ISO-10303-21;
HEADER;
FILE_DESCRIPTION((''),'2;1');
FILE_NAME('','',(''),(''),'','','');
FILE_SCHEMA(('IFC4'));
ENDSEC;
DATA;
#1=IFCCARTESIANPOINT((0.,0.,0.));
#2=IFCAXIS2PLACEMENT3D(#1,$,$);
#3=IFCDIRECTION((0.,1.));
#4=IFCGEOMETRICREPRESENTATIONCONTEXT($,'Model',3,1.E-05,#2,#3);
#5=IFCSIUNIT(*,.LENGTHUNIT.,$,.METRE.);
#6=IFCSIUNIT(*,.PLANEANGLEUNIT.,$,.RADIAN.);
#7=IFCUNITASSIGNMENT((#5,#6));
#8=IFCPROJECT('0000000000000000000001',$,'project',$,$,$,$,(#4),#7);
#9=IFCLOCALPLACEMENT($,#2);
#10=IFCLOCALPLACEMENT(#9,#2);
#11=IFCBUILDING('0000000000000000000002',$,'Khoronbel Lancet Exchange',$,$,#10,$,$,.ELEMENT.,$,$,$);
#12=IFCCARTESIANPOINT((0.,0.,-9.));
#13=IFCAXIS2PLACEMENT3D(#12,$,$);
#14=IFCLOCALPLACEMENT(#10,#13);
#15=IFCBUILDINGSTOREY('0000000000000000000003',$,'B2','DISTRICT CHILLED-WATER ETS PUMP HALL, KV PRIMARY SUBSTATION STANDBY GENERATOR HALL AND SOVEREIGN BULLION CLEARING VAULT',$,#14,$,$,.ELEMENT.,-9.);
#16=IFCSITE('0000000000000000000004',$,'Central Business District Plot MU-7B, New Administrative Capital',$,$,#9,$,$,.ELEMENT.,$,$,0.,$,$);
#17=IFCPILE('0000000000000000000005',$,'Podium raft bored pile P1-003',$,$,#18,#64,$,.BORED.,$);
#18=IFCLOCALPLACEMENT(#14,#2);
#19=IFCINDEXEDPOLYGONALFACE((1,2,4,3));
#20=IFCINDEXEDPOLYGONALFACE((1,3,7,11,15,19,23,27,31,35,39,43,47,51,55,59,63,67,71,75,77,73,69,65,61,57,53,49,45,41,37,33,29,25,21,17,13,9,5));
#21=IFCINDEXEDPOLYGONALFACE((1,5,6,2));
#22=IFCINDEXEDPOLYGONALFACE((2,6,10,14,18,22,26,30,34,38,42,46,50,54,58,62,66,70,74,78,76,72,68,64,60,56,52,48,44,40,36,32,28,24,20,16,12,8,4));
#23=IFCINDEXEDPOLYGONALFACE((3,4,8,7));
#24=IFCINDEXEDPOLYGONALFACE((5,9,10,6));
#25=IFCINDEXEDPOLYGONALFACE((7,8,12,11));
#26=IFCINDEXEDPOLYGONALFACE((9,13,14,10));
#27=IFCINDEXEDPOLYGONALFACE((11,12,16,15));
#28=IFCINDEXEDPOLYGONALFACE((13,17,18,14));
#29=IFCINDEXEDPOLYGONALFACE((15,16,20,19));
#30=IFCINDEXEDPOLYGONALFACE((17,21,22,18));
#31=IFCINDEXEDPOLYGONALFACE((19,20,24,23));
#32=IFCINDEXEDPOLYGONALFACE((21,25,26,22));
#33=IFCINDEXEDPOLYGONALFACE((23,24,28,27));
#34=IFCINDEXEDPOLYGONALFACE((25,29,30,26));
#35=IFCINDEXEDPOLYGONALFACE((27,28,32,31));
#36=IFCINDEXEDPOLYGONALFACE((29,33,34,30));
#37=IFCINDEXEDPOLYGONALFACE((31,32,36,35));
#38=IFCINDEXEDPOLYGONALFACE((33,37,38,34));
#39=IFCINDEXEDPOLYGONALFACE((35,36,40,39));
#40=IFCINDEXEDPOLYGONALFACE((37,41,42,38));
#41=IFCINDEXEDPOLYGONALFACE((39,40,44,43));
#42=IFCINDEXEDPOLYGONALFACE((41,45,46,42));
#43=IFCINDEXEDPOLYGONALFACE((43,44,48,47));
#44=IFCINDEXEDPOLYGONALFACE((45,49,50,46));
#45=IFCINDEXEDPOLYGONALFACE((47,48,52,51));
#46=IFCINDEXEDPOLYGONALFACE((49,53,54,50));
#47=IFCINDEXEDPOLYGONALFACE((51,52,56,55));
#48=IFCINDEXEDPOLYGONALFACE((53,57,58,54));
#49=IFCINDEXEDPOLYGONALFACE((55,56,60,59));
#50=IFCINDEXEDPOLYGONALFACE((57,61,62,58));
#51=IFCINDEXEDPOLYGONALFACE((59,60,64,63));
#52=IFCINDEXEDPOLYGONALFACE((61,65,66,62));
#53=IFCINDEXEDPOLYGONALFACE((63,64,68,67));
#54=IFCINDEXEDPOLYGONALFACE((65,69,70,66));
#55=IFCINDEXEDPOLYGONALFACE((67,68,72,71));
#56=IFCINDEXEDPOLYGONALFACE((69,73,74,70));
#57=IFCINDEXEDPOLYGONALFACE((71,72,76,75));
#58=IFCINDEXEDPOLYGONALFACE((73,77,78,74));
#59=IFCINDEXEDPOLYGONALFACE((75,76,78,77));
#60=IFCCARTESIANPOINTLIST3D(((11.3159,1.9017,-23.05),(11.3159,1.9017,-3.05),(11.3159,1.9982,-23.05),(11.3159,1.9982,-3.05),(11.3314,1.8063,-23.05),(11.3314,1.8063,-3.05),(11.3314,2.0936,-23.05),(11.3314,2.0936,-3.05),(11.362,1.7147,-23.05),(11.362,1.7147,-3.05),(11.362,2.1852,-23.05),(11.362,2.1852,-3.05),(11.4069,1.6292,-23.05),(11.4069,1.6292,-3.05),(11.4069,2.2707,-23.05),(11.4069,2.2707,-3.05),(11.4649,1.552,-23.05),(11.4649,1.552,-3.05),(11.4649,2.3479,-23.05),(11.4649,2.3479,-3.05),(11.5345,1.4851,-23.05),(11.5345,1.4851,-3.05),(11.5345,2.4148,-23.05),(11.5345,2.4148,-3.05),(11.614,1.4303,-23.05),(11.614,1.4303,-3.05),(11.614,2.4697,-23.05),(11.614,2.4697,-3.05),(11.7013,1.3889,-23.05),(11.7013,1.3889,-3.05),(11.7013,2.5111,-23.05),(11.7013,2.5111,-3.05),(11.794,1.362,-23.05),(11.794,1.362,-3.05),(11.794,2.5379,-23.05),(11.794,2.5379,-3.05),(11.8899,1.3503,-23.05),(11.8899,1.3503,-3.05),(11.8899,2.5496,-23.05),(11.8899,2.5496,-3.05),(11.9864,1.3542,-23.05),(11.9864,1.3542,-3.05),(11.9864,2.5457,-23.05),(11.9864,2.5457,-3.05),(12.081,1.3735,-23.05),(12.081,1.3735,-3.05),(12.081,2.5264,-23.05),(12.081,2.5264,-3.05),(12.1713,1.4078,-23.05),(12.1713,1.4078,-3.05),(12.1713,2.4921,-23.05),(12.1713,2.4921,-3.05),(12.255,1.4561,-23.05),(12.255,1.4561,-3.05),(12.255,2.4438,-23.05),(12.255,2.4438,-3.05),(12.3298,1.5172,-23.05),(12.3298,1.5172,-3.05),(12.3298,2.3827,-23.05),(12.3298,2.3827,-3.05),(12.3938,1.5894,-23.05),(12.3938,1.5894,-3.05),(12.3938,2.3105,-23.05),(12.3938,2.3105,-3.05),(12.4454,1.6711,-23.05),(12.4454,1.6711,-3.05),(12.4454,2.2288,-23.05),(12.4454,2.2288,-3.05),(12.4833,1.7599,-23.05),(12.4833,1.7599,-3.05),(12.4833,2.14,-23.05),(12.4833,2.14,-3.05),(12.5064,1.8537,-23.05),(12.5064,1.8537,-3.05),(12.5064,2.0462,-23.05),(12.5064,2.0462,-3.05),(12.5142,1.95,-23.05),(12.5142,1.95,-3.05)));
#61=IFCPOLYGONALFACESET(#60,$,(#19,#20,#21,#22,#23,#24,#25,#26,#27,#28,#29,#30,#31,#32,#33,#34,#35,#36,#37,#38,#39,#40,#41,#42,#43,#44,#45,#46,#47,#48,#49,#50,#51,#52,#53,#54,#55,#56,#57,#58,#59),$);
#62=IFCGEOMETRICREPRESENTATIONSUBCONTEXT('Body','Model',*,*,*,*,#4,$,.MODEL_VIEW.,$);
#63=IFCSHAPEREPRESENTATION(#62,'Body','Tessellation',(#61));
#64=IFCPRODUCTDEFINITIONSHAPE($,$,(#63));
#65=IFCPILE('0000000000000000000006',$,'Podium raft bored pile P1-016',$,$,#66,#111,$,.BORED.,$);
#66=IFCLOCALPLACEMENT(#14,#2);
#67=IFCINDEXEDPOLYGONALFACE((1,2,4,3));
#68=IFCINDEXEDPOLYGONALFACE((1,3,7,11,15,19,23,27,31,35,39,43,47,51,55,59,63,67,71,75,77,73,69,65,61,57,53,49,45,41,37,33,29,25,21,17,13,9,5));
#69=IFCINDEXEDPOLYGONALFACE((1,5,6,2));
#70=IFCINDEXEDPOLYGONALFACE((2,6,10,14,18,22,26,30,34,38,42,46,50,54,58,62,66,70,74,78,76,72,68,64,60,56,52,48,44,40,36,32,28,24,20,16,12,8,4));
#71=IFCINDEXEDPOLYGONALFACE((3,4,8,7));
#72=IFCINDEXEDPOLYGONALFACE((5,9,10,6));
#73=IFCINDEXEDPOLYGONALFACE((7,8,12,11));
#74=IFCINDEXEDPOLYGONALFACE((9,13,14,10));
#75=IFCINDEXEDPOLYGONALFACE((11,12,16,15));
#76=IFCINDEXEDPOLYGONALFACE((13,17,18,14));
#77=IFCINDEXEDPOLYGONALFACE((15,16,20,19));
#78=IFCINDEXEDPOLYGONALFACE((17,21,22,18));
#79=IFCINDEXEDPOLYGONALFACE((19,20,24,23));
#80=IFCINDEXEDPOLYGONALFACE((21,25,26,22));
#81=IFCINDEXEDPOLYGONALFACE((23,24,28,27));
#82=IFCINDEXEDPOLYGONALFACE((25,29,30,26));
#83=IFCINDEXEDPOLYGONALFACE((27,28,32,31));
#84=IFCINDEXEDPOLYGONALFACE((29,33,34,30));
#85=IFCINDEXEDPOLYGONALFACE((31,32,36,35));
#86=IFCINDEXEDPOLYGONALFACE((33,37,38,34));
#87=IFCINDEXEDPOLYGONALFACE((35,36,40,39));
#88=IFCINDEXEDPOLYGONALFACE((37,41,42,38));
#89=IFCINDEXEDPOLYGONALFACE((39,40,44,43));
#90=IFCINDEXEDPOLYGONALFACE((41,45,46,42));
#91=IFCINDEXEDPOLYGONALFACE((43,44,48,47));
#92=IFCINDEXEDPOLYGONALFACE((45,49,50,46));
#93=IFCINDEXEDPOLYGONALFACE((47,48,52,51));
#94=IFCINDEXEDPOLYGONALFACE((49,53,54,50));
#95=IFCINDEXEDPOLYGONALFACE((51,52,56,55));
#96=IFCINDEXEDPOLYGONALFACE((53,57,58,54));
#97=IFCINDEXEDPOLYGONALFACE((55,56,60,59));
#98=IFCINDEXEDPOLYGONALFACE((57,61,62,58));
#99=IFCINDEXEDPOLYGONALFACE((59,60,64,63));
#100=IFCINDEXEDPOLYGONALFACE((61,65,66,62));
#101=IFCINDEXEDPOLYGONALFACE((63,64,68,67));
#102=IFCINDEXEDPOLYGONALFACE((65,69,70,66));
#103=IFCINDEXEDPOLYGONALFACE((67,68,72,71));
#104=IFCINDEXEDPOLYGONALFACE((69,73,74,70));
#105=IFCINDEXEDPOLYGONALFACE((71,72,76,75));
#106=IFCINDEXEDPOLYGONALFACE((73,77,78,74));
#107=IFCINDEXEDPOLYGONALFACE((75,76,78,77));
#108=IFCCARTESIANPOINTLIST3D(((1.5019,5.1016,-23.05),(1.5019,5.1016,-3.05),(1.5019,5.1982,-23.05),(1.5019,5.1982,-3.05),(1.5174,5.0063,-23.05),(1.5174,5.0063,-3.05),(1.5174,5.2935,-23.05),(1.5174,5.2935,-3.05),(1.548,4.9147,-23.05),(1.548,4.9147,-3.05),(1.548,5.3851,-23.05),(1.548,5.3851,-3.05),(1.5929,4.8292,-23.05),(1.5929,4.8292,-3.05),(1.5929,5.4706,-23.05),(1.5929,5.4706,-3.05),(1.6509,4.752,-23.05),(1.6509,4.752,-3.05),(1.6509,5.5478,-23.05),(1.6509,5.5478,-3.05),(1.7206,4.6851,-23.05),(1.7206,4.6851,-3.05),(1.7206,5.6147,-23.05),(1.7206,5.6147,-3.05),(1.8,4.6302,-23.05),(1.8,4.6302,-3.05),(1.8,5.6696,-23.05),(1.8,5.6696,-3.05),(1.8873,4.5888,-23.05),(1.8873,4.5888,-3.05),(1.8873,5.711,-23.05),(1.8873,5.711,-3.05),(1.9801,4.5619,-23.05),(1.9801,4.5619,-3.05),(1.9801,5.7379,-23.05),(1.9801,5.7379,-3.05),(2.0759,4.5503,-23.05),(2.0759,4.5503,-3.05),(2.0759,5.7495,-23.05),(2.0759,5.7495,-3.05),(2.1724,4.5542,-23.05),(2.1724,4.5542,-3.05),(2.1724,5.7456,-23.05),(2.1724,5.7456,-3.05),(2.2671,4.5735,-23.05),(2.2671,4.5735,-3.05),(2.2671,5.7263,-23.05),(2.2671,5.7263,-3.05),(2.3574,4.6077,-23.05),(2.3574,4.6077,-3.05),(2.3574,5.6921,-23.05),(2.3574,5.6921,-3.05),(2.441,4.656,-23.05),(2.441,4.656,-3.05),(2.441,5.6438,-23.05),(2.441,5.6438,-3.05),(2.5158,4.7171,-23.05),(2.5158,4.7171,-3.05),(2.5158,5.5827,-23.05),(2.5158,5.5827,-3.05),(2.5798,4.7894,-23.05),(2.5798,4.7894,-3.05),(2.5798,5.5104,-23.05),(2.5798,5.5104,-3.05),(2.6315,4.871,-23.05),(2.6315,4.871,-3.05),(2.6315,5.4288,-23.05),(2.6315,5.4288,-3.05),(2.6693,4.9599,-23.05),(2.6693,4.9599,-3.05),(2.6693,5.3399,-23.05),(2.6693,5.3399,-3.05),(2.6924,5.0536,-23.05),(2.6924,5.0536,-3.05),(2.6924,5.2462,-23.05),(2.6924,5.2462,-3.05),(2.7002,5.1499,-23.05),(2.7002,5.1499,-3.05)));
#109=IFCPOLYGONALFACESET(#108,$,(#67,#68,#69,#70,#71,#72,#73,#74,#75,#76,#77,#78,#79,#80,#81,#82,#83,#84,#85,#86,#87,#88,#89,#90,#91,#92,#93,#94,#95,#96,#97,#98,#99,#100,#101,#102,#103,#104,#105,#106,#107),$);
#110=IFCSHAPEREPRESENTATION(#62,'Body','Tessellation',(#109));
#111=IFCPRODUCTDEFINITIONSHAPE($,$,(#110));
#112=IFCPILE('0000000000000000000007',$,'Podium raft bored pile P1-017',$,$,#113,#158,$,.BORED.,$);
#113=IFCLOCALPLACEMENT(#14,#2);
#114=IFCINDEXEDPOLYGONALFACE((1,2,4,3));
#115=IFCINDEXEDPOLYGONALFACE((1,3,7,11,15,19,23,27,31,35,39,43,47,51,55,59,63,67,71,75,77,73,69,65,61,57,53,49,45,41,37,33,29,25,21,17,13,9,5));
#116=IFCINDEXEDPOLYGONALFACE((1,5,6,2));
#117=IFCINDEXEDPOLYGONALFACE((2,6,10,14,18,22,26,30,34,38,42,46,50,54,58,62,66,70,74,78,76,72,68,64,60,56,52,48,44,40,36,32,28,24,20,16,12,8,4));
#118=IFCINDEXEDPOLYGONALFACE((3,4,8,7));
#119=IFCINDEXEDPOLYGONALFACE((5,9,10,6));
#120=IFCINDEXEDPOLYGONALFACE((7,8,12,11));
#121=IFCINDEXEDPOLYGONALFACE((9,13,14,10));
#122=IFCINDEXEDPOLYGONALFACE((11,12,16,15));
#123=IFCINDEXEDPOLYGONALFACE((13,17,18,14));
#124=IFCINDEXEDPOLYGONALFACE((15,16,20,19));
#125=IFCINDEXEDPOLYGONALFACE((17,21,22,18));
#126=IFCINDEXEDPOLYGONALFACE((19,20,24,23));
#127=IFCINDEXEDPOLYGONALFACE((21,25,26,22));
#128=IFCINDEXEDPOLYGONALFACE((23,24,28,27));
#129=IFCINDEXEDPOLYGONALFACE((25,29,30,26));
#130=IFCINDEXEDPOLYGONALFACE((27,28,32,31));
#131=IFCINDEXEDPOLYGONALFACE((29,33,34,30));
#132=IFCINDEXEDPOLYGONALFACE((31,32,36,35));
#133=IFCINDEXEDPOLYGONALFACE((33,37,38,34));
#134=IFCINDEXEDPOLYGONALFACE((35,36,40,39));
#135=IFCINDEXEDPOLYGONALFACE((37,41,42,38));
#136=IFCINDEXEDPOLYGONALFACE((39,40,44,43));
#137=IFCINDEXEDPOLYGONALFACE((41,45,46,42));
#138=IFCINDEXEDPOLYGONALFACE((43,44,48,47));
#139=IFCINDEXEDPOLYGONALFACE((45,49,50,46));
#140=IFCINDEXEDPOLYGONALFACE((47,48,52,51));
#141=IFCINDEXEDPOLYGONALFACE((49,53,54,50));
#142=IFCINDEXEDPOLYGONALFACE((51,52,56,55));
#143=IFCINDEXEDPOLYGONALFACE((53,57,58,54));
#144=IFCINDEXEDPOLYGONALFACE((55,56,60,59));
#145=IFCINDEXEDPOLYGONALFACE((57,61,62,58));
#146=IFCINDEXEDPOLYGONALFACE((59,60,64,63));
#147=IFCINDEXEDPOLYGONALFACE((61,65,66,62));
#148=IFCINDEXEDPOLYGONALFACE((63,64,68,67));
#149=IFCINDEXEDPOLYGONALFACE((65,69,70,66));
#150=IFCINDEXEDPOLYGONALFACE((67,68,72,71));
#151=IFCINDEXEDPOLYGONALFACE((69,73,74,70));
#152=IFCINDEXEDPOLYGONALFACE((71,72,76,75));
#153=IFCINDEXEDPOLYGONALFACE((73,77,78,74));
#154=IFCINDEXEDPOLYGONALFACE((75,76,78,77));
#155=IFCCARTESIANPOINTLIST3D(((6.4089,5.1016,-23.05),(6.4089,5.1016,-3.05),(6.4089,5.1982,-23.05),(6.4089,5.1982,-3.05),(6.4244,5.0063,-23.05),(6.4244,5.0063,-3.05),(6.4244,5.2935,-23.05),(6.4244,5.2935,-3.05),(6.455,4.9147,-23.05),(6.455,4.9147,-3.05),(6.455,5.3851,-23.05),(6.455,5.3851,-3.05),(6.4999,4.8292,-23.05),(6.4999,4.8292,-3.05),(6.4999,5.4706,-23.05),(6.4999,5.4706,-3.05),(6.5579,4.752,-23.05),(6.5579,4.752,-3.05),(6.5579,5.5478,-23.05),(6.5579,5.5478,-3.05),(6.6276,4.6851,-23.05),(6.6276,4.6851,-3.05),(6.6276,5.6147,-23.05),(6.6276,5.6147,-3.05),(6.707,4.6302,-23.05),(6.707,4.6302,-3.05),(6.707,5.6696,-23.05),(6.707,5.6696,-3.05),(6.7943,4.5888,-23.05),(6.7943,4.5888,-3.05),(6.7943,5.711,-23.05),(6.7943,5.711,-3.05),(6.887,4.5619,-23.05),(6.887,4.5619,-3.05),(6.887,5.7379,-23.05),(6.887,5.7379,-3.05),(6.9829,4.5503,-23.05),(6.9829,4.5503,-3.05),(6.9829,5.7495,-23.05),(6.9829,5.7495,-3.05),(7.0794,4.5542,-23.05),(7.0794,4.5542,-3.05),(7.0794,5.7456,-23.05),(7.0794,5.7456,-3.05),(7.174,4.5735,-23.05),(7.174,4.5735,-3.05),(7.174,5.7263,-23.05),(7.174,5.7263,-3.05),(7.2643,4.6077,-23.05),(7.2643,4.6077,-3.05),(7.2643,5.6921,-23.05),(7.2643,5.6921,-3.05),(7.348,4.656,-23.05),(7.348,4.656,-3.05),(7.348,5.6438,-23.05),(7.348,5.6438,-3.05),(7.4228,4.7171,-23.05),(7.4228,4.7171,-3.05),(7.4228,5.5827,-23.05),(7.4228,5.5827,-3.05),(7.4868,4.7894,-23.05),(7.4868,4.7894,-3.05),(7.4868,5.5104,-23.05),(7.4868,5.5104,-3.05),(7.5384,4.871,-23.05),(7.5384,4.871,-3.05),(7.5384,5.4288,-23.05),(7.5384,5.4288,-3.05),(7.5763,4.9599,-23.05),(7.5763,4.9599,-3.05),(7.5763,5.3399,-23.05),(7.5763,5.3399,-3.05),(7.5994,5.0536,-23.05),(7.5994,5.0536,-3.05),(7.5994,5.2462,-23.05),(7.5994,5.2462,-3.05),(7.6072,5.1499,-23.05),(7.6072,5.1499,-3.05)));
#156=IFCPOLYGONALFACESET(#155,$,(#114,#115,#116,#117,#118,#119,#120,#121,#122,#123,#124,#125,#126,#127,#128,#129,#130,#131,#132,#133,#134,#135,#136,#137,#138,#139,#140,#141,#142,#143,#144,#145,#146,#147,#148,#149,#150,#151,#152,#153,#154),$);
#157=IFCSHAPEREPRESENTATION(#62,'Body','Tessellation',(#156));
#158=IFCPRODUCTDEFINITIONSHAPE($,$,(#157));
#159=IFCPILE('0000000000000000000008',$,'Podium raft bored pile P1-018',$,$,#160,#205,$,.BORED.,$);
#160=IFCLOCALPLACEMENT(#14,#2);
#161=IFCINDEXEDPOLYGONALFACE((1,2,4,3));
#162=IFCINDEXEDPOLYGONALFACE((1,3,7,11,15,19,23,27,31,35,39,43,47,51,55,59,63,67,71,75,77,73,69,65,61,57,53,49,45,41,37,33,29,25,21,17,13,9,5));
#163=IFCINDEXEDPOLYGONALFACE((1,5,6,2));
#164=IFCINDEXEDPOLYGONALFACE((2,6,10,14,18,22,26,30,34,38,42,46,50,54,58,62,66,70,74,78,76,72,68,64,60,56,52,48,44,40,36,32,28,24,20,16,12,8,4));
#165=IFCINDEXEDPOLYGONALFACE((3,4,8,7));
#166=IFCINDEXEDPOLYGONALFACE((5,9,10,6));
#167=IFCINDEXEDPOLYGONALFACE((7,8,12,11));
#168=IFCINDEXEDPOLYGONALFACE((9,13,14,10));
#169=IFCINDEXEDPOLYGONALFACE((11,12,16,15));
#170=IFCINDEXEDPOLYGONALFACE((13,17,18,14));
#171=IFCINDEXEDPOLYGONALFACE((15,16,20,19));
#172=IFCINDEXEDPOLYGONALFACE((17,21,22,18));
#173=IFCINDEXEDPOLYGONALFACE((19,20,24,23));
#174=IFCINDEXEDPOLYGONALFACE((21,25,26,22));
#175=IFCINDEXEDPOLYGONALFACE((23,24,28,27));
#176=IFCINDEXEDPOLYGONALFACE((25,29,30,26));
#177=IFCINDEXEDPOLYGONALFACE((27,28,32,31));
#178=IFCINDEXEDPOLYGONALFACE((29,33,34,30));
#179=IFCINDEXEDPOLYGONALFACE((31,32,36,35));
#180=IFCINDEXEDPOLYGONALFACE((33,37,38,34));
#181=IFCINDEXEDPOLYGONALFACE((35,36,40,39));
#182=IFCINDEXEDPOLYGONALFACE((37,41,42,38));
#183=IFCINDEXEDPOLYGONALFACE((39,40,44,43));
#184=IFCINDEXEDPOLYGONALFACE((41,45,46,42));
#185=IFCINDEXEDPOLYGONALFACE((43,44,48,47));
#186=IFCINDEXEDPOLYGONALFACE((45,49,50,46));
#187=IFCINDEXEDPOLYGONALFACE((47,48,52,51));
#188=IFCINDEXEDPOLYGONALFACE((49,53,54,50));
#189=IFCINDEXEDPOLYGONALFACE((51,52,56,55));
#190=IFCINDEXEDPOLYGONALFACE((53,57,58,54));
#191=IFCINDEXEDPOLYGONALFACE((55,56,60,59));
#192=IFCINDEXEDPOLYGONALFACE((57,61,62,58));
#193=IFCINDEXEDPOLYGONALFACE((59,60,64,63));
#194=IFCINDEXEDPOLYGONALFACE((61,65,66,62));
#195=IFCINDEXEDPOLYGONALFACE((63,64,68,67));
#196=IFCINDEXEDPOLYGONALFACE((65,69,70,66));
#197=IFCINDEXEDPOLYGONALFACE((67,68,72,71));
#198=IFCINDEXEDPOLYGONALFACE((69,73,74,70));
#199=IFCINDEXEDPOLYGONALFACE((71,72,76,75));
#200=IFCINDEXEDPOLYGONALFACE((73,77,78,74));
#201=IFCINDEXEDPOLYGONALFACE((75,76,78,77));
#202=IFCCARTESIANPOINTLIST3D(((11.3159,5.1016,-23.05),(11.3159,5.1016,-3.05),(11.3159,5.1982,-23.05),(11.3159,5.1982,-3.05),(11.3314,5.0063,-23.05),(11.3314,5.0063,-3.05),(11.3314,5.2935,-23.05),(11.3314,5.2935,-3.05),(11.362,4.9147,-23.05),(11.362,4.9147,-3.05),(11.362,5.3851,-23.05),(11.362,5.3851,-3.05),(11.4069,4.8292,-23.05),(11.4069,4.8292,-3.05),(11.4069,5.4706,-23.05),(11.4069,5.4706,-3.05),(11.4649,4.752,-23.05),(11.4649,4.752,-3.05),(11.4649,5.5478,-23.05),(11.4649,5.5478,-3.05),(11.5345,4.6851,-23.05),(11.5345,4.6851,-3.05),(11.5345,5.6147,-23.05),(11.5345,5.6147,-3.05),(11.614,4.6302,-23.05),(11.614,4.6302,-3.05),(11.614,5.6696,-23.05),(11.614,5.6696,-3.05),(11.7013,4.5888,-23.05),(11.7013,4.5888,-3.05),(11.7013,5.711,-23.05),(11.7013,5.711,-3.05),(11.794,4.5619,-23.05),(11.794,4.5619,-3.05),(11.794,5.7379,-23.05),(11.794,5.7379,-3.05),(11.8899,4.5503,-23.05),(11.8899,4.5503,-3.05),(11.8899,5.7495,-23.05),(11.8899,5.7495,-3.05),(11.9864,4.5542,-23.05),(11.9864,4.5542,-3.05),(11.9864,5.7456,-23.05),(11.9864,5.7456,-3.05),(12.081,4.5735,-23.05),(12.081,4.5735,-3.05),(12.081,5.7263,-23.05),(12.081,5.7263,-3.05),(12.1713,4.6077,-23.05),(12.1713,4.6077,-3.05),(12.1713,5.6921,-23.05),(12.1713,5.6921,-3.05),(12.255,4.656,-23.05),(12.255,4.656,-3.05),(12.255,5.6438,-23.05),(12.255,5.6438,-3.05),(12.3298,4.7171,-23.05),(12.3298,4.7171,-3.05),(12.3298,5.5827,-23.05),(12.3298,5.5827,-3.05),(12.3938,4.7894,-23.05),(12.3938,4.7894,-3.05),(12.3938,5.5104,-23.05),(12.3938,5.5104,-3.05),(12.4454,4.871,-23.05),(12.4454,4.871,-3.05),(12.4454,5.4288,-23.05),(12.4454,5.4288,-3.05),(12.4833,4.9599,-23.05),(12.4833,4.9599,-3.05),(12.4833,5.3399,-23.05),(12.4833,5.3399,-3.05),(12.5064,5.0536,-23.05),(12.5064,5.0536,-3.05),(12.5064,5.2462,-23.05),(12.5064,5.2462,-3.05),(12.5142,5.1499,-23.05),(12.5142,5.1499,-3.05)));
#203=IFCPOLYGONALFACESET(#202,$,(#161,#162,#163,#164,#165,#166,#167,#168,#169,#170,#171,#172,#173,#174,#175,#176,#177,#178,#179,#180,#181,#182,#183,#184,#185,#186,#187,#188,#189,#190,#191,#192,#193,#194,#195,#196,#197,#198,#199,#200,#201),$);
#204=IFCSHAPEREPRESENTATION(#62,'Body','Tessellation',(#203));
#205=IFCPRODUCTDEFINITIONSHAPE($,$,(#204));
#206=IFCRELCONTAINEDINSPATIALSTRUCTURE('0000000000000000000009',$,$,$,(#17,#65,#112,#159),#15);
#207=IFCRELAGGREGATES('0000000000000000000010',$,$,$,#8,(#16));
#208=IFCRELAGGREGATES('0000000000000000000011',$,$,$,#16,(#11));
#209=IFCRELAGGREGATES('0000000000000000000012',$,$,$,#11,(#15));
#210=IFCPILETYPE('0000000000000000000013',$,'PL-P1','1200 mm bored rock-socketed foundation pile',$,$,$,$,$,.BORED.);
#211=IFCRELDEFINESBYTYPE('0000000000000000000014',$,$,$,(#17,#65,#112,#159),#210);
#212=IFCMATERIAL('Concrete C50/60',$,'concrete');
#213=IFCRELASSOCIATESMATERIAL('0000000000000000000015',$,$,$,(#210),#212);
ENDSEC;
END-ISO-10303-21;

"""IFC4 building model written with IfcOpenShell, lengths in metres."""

from ifc_helpers import new_model, si_unit, direction, frame, origin, origin_2d, place, context, subcontext, project, spatial, circle, extrude, material, material_profile, profile_set, type_object, element, save


model = new_model("IFC4")

# Units and contexts
model_context = context("Model", 3, precision=1e-05, world=origin(), true_north=direction((0.0, 1.0)))
body_context = subcontext(model_context, "Body", "Model", "MODEL_VIEW")
ifc_project = project(units=[si_unit("LENGTHUNIT", "METRE"), si_unit("PLANEANGLEUNIT", "RADIAN")], contexts=[model_context])

# Site, building, storey
site_placement = place(None, origin())
site = spatial("IfcSite", under=ifc_project, at=site_placement, Name="Central Business District Plot MU-7B, New Administrative Capital", CompositionType="ELEMENT", RefElevation=0.0)
building_placement = place(site_placement, origin())
building = spatial("IfcBuilding", under=site, at=building_placement, Name="Khoronbel Lancet Exchange", CompositionType="ELEMENT")
storey_placement = place(building_placement, frame((0.0, 0.0, -9.0)))
storey = spatial("IfcBuildingStorey", under=building, at=storey_placement, Name="B2", Description="DISTRICT CHILLED-WATER ETS PUMP HALL, KV PRIMARY SUBSTATION STANDBY GENERATOR HALL AND SOVEREIGN BULLION CLEARING VAULT", CompositionType="ELEMENT", Elevation=-9.0)

# Shared definitions
ifc_material_1 = material(Name="Concrete C50/60", Category="concrete")

# Piles
ifc_material_profile_1 = material_profile(ifc_material_1, circle(Radius=0.6001, at=origin_2d()), Name="BORED PILE D1200")
ifc_profile_set_1 = profile_set([ifc_material_profile_1], Name="Concrete C50/60")
pile_type_1 = type_object("IfcPileType", Name="PL-P1", Description="1200 mm bored rock-socketed foundation pile", PredefinedType="BORED", material=ifc_profile_set_1)
for number, where, z_axis, x_axis, name in (
    (1, (11.9141, 1.95, -3.05), (0.0, 0.0, -1.0), (1.0, 0.0, 0.0), "Podium raft bored pile P1-003"),
    (2, (2.1001, 5.1499, -3.05), (0.0, 0.0, -1.0), (1.0, 0.0, 0.0), "Podium raft bored pile P1-016"),
    (3, (7.0071, 5.1499, -3.05), (0.0, 0.0, -1.0), (1.0, 0.0, 0.0), "Podium raft bored pile P1-017"),
    (4, (11.9141, 5.1499, -3.05), (0.0, 0.0, -1.0), (1.0, 0.0, 0.0), "Podium raft bored pile P1-018"),
):
    element("IfcPile", number, at=place(storey_placement, frame(where, z_axis=z_axis, x_axis=x_axis)), inside=storey, type_object=pile_type_1, Name=name, PredefinedType="BORED", context=body_context, shape_type="SweptSolid", body=[
        extrude(circle(Radius=0.6001, at=origin_2d()), origin(), (0.0, 0.0, 1.0), 20.0),
    ])

save(model, "model.ifc")
